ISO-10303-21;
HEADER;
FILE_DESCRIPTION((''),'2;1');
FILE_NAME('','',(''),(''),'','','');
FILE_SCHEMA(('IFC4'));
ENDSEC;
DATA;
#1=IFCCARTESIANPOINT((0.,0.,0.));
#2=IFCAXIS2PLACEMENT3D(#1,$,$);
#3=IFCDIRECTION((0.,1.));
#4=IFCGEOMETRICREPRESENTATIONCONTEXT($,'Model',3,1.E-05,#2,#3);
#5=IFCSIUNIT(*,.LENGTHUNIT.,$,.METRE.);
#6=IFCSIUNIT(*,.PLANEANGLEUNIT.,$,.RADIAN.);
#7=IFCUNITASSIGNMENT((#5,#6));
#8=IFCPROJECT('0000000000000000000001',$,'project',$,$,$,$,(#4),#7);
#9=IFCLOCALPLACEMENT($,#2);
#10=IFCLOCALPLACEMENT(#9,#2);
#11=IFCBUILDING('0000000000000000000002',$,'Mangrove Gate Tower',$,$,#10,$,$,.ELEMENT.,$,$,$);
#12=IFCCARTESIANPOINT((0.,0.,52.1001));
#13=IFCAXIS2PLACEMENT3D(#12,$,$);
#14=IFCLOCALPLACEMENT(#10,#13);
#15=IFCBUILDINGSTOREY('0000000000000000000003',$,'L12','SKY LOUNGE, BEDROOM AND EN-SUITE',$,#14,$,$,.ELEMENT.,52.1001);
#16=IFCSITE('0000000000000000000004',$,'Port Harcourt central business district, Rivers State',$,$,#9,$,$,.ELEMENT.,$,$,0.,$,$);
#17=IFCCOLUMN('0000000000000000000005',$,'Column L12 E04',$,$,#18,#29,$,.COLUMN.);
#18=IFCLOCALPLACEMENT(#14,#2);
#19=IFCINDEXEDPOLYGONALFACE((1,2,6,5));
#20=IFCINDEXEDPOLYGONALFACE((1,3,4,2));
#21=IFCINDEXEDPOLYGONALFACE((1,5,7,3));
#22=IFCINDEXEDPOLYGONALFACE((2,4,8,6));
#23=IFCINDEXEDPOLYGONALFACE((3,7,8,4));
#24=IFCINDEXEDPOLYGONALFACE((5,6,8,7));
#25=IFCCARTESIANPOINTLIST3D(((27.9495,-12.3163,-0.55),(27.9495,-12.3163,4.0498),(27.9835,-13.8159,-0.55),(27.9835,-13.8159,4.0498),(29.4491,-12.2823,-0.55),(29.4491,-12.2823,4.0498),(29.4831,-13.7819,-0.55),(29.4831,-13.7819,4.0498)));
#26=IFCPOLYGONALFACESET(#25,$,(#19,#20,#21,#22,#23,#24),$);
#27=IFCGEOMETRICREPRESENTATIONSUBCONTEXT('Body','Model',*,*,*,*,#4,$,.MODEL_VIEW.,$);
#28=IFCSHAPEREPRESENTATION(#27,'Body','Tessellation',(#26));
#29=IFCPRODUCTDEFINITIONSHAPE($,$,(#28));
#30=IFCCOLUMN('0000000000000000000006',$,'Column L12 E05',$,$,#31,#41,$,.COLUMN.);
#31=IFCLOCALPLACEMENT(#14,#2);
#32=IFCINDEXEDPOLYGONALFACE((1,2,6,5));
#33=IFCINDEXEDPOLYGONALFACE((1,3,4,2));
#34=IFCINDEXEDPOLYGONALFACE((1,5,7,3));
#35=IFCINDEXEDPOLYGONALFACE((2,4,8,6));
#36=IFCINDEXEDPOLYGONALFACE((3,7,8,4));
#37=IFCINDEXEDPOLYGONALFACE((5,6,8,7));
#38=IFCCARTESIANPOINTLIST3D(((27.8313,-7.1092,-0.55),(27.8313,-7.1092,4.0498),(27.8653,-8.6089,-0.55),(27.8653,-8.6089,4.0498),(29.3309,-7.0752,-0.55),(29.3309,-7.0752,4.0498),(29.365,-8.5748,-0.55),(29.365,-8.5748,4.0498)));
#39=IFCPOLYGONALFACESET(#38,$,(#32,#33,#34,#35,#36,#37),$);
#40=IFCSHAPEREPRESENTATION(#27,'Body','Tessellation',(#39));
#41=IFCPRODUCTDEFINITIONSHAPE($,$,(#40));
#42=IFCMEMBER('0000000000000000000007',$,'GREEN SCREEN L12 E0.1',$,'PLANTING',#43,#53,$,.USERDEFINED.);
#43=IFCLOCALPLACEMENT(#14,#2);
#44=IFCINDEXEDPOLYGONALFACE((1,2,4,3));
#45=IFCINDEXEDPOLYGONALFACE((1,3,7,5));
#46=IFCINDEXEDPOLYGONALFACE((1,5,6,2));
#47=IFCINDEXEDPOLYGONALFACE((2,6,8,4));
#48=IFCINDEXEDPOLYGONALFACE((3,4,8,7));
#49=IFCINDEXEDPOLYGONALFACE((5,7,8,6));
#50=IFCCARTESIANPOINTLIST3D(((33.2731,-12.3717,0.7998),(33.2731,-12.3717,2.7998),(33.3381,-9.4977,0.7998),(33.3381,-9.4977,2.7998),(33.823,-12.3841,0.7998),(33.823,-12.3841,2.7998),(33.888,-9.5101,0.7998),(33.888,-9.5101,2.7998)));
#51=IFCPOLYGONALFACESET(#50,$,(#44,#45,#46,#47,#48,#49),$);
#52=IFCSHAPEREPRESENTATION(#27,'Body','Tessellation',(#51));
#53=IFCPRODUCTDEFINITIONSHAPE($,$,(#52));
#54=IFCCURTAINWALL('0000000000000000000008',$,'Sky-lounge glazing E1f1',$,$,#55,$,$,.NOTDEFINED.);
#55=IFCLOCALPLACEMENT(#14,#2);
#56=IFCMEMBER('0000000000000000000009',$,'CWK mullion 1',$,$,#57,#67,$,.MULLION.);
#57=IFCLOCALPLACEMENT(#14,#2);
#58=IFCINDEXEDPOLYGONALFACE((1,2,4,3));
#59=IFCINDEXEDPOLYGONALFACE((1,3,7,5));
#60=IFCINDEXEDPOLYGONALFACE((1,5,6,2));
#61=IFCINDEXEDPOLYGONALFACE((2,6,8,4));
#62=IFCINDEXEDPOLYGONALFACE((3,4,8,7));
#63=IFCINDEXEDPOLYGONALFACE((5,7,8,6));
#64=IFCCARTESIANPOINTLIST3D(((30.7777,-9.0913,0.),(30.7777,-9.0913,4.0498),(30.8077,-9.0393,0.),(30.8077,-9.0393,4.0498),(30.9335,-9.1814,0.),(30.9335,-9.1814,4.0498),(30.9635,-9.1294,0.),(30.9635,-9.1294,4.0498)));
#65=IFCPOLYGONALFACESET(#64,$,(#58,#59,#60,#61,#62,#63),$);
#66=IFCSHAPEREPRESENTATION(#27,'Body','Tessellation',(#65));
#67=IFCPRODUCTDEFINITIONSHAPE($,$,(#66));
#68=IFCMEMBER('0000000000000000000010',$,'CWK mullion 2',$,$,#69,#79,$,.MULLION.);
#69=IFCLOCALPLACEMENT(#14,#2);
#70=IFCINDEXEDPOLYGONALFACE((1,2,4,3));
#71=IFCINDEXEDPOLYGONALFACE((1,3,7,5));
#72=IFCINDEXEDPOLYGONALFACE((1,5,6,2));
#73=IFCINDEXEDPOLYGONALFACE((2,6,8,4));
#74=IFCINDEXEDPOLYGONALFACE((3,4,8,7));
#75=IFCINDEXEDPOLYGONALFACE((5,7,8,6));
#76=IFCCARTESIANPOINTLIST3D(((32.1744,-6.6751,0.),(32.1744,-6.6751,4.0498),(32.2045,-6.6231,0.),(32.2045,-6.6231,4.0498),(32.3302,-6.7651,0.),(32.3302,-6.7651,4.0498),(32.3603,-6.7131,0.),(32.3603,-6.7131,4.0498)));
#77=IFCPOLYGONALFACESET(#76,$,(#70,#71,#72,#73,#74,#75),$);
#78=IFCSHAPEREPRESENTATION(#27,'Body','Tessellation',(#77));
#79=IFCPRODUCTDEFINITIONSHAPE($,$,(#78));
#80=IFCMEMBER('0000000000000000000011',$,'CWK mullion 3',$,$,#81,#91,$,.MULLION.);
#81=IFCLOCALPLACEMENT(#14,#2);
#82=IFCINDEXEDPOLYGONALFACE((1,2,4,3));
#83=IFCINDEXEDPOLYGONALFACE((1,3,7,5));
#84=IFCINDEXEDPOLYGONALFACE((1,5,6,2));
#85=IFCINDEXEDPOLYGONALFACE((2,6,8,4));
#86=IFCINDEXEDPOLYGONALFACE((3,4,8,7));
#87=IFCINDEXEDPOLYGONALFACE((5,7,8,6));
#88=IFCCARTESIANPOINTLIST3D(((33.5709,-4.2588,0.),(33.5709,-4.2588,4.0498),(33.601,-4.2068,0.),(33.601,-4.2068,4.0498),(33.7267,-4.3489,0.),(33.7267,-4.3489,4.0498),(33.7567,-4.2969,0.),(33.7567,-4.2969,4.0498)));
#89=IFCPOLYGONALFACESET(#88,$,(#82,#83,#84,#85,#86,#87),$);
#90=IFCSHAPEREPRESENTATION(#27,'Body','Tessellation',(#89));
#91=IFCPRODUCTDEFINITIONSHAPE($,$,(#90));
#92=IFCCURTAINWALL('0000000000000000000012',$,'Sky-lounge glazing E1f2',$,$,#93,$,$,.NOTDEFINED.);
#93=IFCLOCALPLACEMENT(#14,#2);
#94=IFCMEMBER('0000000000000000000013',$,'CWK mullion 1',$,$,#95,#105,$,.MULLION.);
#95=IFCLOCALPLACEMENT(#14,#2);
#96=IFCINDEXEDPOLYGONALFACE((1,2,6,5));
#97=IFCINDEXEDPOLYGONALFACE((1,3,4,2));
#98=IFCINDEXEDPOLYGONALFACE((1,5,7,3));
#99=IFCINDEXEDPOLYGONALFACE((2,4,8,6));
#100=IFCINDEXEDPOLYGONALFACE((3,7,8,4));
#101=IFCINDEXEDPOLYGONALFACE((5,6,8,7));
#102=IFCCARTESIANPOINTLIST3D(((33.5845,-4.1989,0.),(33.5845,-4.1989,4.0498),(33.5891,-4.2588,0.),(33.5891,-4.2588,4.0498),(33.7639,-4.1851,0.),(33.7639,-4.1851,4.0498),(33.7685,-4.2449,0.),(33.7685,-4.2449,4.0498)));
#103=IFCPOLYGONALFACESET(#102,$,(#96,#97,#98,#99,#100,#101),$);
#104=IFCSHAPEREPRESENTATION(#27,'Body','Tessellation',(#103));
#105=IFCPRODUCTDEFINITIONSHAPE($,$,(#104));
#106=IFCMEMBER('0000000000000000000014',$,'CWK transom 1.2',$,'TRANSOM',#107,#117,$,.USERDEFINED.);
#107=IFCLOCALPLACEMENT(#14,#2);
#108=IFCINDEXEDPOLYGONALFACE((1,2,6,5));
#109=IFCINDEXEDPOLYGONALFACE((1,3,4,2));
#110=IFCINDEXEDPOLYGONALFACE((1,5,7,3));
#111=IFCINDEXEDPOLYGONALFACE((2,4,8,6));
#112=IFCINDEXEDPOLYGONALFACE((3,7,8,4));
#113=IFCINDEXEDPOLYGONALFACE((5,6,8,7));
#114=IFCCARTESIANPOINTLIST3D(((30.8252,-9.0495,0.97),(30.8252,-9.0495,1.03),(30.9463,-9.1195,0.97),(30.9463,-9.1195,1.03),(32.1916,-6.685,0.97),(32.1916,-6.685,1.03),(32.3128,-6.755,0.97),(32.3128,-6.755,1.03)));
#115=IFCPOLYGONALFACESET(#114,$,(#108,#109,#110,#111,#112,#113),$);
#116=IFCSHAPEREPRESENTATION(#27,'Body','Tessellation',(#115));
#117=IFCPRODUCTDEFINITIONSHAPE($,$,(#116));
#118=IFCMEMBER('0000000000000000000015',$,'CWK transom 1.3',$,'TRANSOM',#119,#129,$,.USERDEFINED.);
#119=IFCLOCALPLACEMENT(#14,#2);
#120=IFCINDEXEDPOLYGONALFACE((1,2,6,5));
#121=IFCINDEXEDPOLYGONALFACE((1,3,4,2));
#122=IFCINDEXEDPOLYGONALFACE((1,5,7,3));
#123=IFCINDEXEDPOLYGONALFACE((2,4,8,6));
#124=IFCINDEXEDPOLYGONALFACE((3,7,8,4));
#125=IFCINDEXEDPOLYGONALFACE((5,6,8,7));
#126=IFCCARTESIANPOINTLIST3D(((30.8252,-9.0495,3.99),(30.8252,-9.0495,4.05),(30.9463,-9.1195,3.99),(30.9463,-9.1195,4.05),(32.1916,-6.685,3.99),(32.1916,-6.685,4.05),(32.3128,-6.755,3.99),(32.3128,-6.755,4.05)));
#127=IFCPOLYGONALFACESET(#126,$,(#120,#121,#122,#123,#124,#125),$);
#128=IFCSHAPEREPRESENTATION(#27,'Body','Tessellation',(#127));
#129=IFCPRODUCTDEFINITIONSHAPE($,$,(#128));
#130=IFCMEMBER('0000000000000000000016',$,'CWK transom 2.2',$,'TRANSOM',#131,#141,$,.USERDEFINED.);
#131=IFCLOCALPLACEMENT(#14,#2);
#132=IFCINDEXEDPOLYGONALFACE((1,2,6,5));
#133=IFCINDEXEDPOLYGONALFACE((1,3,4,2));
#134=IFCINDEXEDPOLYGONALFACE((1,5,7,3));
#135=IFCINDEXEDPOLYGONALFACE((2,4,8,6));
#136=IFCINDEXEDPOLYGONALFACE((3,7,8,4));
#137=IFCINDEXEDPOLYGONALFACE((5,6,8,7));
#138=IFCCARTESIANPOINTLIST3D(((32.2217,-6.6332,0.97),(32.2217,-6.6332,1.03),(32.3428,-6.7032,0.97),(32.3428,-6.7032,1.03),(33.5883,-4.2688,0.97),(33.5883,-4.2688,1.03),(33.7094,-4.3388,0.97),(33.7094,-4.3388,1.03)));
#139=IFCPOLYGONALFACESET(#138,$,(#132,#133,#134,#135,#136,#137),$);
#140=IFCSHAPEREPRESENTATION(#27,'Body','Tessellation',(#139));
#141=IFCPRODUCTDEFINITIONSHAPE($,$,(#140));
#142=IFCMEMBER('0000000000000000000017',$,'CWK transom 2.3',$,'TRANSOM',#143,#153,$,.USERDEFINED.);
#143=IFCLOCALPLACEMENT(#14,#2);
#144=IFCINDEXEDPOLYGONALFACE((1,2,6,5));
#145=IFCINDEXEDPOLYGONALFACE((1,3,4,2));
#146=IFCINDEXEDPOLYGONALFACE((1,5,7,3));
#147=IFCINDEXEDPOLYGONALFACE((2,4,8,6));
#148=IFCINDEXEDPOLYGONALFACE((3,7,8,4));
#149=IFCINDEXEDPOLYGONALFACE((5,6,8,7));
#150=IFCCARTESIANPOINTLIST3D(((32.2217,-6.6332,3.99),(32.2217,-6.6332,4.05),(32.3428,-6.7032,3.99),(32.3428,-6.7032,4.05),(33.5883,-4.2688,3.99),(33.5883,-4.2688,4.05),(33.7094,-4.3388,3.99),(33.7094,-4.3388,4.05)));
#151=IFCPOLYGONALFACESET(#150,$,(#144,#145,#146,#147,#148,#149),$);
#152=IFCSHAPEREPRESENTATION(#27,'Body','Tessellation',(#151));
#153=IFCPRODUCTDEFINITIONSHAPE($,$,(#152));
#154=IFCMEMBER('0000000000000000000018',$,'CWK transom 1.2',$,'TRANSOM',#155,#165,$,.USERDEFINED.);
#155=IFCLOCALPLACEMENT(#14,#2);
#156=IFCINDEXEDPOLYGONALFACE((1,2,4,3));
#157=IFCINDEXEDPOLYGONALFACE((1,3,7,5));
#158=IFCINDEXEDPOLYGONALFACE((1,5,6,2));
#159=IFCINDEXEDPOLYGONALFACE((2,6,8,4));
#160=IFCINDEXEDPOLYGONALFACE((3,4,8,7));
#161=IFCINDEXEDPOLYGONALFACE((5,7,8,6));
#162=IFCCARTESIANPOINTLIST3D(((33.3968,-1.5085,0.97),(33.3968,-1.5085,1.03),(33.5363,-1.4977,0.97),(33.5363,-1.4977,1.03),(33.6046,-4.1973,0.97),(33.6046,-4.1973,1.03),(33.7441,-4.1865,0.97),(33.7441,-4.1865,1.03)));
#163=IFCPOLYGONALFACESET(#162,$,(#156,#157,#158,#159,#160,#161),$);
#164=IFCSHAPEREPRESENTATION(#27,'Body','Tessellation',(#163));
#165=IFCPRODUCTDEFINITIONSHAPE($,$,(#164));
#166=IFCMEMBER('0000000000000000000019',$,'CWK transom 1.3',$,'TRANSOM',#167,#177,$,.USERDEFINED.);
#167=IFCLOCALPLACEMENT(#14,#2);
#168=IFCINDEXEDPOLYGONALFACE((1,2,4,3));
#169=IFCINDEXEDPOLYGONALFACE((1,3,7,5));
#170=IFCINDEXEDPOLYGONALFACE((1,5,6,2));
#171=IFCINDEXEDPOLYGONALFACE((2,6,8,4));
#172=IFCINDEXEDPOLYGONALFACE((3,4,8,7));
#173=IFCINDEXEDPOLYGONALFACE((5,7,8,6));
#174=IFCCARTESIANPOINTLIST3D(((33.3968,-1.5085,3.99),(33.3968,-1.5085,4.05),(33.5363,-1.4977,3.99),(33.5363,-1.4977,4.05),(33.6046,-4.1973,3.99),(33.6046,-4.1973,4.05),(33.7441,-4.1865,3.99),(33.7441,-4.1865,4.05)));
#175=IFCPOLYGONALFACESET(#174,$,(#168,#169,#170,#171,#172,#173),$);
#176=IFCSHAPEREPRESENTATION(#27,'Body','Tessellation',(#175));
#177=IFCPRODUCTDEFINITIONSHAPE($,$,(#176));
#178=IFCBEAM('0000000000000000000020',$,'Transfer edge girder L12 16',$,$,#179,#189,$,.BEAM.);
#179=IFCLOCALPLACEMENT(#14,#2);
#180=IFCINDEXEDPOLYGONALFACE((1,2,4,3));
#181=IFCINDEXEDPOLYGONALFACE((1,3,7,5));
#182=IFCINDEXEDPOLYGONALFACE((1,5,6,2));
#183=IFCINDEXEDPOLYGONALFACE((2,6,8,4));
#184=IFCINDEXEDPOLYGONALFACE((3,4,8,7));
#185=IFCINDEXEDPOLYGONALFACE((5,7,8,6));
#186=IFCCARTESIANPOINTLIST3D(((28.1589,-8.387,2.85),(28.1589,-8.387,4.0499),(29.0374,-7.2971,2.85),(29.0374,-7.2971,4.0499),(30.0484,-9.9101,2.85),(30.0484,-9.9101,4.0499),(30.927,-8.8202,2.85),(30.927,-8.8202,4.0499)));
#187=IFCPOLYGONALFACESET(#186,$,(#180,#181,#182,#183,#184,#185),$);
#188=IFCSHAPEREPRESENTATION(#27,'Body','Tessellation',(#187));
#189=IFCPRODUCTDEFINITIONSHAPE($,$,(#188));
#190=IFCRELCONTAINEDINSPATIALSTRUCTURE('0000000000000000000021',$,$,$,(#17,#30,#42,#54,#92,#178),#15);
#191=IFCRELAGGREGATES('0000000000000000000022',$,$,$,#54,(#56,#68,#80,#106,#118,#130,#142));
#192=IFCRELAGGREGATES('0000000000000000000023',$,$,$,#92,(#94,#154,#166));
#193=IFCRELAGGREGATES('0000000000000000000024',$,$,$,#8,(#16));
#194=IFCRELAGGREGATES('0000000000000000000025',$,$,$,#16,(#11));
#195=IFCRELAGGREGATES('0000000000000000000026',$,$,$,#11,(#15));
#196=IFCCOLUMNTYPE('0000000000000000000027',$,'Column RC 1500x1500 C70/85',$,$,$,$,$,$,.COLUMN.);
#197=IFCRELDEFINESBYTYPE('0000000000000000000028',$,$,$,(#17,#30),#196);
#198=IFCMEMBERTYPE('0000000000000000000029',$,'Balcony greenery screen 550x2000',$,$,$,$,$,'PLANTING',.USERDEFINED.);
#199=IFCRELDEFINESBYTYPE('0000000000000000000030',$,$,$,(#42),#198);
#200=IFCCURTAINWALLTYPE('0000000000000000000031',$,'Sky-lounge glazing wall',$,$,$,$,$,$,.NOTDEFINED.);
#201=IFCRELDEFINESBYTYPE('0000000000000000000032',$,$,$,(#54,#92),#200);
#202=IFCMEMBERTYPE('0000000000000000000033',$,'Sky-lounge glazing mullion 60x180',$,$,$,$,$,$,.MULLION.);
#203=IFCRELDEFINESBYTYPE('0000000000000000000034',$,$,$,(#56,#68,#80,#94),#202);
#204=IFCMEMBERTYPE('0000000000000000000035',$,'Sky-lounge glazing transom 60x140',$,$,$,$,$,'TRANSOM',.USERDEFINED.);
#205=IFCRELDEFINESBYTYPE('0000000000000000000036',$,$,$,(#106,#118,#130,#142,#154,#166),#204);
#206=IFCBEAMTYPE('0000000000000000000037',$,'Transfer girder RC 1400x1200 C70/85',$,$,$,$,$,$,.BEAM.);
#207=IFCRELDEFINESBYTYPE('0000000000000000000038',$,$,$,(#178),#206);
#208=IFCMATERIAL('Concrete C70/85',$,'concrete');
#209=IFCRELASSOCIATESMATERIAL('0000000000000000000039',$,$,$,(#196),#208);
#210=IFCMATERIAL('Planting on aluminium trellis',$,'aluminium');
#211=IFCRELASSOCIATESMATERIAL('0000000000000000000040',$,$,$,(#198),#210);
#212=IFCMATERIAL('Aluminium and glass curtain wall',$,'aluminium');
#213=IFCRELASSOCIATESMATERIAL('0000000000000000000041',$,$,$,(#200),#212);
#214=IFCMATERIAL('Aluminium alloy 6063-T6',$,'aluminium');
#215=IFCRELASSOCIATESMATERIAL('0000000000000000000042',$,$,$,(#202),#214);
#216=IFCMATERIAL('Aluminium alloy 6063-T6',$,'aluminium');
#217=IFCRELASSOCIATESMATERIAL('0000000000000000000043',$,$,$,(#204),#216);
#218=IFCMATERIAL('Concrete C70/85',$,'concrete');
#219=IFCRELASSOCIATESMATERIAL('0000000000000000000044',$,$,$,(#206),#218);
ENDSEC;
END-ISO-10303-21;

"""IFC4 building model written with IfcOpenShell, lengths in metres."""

from ifc_helpers import new_model, si_unit, direction, frame, origin, origin_2d, place, context, subcontext, project, spatial, rectangle, extrude, material, material_profile, profile_set, type_object, element, aggregate, save


model = new_model("IFC4")

# Units and contexts
model_context = context("Model", 3, precision=1e-05, world=origin(), true_north=direction((0.0, 1.0)))
body_context = subcontext(model_context, "Body", "Model", "MODEL_VIEW")
ifc_project = project(units=[si_unit("LENGTHUNIT", "METRE"), si_unit("PLANEANGLEUNIT", "RADIAN")], contexts=[model_context])

# Site, building, storey
site_placement = place(None, origin())
site = spatial("IfcSite", under=ifc_project, at=site_placement, Name="Port Harcourt central business district, Rivers State", CompositionType="ELEMENT", RefElevation=0.0)
building_placement = place(site_placement, origin())
building = spatial("IfcBuilding", under=site, at=building_placement, Name="Mangrove Gate Tower", CompositionType="ELEMENT")
storey_placement = place(building_placement, frame((0.0, 0.0, 52.1001)))
storey = spatial("IfcBuildingStorey", under=building, at=storey_placement, Name="L12", Description="SKY LOUNGE, BEDROOM AND EN-SUITE", CompositionType="ELEMENT", Elevation=52.1001)

# Columns
ifc_material_1 = material(Name="Concrete C70/85", Category="concrete")
ifc_material_profile_1 = material_profile(ifc_material_1, rectangle(XDim=1.5, YDim=1.5, at=origin_2d()))
ifc_profile_set_1 = profile_set([ifc_material_profile_1], Name="Concrete C70/85")
column_type = type_object("IfcColumnType", Name="Column RC 1500x1500 C70/85", PredefinedType="COLUMN", material=ifc_profile_set_1)
for number, where, z_axis, x_axis, name in (
    (1, (28.7163, -13.0491, -0.55), (0.0, 0.0, 1.0), (-0.022656, 0.999743, 0.0), "Column L12 E04"),
    (2, (28.5981, -7.842, -0.55), (0.0, 0.0, 1.0), (-0.022681, 0.999743, 0.0), "Column L12 E05"),
):
    element("IfcColumn", number, at=place(storey_placement, frame(where, z_axis=z_axis, x_axis=x_axis)), inside=storey, type_object=column_type, Name=name, PredefinedType="COLUMN", context=body_context, shape_type="SweptSolid", body=[
        extrude(rectangle(XDim=1.5, YDim=1.5, at=origin_2d()), origin(), (0.0, 0.0, 1.0), 4.5999),
    ])

# Member
ifc_material_2 = material(Name="Planting on aluminium trellis", Category="aluminium")
ifc_material_profile_2 = material_profile(ifc_material_2, rectangle(XDim=0.55, YDim=2.0, at=origin_2d()))
ifc_profile_set_2 = profile_set([ifc_material_profile_2], Name="Planting on aluminium trellis")
member_type_1 = type_object("IfcMemberType", Name="Balcony greenery screen 550x2000", ElementType="PLANTING", PredefinedType="USERDEFINED", material=ifc_profile_set_2)
member_1_placement = place(storey_placement, frame((33.5481, -12.3779, 1.7998), z_axis=(0.02259, 0.999745, 0.0), x_axis=(-0.999745, 0.02259, 0.0)))
element("IfcMember", 3, at=member_1_placement, inside=storey, type_object=member_type_1, Name="GREEN SCREEN L12 E0.1", ObjectType="PLANTING", PredefinedType="USERDEFINED", context=body_context, shape_type="SweptSolid", body=[
    extrude(rectangle(XDim=0.55, YDim=2.0, at=origin_2d()), origin(), (0.0, 0.0, 1.0), 2.8748),
])

# Curtain wall, members
ifc_material_3 = material(Name="Aluminium and glass curtain wall", Category="aluminium")
curtain_wall_type = type_object("IfcCurtainWallType", Name="Sky-lounge glazing wall", PredefinedType="NOTDEFINED", material=ifc_material_3)
curtain_wall_1_placement = place(storey_placement, origin())
curtain_wall_1 = element("IfcCurtainWall", 4, at=curtain_wall_1_placement, inside=storey, type_object=curtain_wall_type, Name="Sky-lounge glazing E1f1", PredefinedType="NOTDEFINED")
ifc_material_4 = material(Name="Aluminium alloy 6063-T6", Category="aluminium")
ifc_material_profile_3 = material_profile(ifc_material_4, rectangle(XDim=0.0601, YDim=0.1799, at=origin_2d()))
ifc_profile_set_3 = profile_set([ifc_material_profile_3], Name="Aluminium alloy 6063-T6")
member_type_2 = type_object("IfcMemberType", Name="Sky-lounge glazing mullion 60x180", PredefinedType="MULLION", material=ifc_profile_set_3)
member_2_placement = place(storey_placement, frame((30.8706, -9.1104, 0.0), z_axis=(0.0, 0.0, 1.0), x_axis=(0.500418, 0.865784, 0.0)))
member_2 = element("IfcMember", 5, at=member_2_placement, type_object=member_type_2, Name="CWK mullion 1", PredefinedType="MULLION", context=body_context, shape_type="SweptSolid", body=[
    extrude(rectangle(XDim=0.0601, YDim=0.1799, at=origin_2d()), origin(), (0.0, 0.0, 1.0), 4.0498),
])
member_3_placement = place(storey_placement, frame((32.2673, -6.6941, 0.0), z_axis=(0.0, 0.0, 1.0), x_axis=(0.500418, 0.865784, 0.0)))
member_3 = element("IfcMember", 6, at=member_3_placement, type_object=member_type_2, Name="CWK mullion 2", PredefinedType="MULLION", context=body_context, shape_type="SweptSolid", body=[
    extrude(rectangle(XDim=0.0601, YDim=0.1799, at=origin_2d()), origin(), (0.0, 0.0, 1.0), 4.0498),
])
member_4_placement = place(storey_placement, frame((33.6638, -4.2778, 0.0), z_axis=(0.0, 0.0, 1.0), x_axis=(0.500418, 0.865784, 0.0)))
member_4 = element("IfcMember", 7, at=member_4_placement, type_object=member_type_2, Name="CWK mullion 3", PredefinedType="MULLION", context=body_context, shape_type="SweptSolid", body=[
    extrude(rectangle(XDim=0.0601, YDim=0.1799, at=origin_2d()), origin(), (0.0, 0.0, 1.0), 4.0498),
])

# Curtain wall, member
curtain_wall_2_placement = place(storey_placement, origin())
curtain_wall_2 = element("IfcCurtainWall", 8, at=curtain_wall_2_placement, inside=storey, type_object=curtain_wall_type, Name="Sky-lounge glazing E1f2", PredefinedType="NOTDEFINED")
member_5_placement = place(storey_placement, frame((33.6765, -4.2219, 0.0), z_axis=(0.0, 0.0, 1.0), x_axis=(-0.077023, 0.997029, 0.0)))
member_5 = element("IfcMember", 9, at=member_5_placement, type_object=member_type_2, Name="CWK mullion 1", PredefinedType="MULLION", context=body_context, shape_type="SweptSolid", body=[
    extrude(rectangle(XDim=0.0601, YDim=0.1799, at=origin_2d()), origin(), (0.0, 0.0, 1.0), 4.0498),
])

# Members
ifc_material_5 = material(Name="Aluminium alloy 6063-T6", Category="aluminium")
ifc_material_profile_4 = material_profile(ifc_material_5, rectangle(XDim=0.0601, YDim=0.1399, at=origin_2d()))
ifc_profile_set_4 = profile_set([ifc_material_profile_4], Name="Aluminium alloy 6063-T6")
member_type_3 = type_object("IfcMemberType", Name="Sky-lounge glazing transom 60x140", ElementType="TRANSOM", PredefinedType="USERDEFINED", material=ifc_profile_set_4)
member_6_placement = place(storey_placement, frame((30.8857, -9.0845, 1.0), z_axis=(0.50036, 0.865818, 0.0), x_axis=(0.0, 0.0, 1.0)))
member_6 = element("IfcMember", 10, at=member_6_placement, type_object=member_type_3, Name="CWK transom 1.2", ObjectType="TRANSOM", PredefinedType="USERDEFINED", context=body_context, shape_type="SweptSolid", body=[
    extrude(rectangle(XDim=0.0601, YDim=0.1399, at=origin_2d()), origin(), (0.0, 0.0, 1.0), 2.731),
])
member_7_placement = place(storey_placement, frame((30.8857, -9.0845, 4.02), z_axis=(0.50036, 0.865818, 0.0), x_axis=(0.0, 0.0, 1.0)))
member_7 = element("IfcMember", 11, at=member_7_placement, type_object=member_type_3, Name="CWK transom 1.3", ObjectType="TRANSOM", PredefinedType="USERDEFINED", context=body_context, shape_type="SweptSolid", body=[
    extrude(rectangle(XDim=0.0601, YDim=0.1399, at=origin_2d()), origin(), (0.0, 0.0, 1.0), 2.731),
])
member_8_placement = place(storey_placement, frame((32.2822, -6.6682, 1.0), z_axis=(0.500427, 0.865779, 0.0), x_axis=(0.0, 0.0, 1.0)))
member_8 = element("IfcMember", 12, at=member_8_placement, type_object=member_type_3, Name="CWK transom 2.2", ObjectType="TRANSOM", PredefinedType="USERDEFINED", context=body_context, shape_type="SweptSolid", body=[
    extrude(rectangle(XDim=0.0601, YDim=0.1399, at=origin_2d()), origin(), (0.0, 0.0, 1.0), 2.731),
])
member_9_placement = place(storey_placement, frame((32.2822, -6.6682, 4.02), z_axis=(0.500427, 0.865779, 0.0), x_axis=(0.0, 0.0, 1.0)))
member_9 = element("IfcMember", 13, at=member_9_placement, type_object=member_type_3, Name="CWK transom 2.3", ObjectType="TRANSOM", PredefinedType="USERDEFINED", context=body_context, shape_type="SweptSolid", body=[
    extrude(rectangle(XDim=0.0601, YDim=0.1399, at=origin_2d()), origin(), (0.0, 0.0, 1.0), 2.731),
])
member_10_placement = place(storey_placement, frame((33.6743, -4.1919, 1.0), z_axis=(-0.077043, 0.997028, 0.0), x_axis=(0.0, 0.0, 1.0)))
member_10 = element("IfcMember", 14, at=member_10_placement, type_object=member_type_3, Name="CWK transom 1.2", ObjectType="TRANSOM", PredefinedType="USERDEFINED", context=body_context, shape_type="SweptSolid", body=[
    extrude(rectangle(XDim=0.0601, YDim=0.1399, at=origin_2d()), origin(), (0.0, 0.0, 1.0), 2.6968),
])
member_11_placement = place(storey_placement, frame((33.6743, -4.1919, 4.02), z_axis=(-0.077043, 0.997028, 0.0), x_axis=(0.0, 0.0, 1.0)))
member_11 = element("IfcMember", 15, at=member_11_placement, type_object=member_type_3, Name="CWK transom 1.3", ObjectType="TRANSOM", PredefinedType="USERDEFINED", context=body_context, shape_type="SweptSolid", body=[
    extrude(rectangle(XDim=0.0601, YDim=0.1399, at=origin_2d()), origin(), (0.0, 0.0, 1.0), 2.6968),
])

# Beam
ifc_material_6 = material(Name="Concrete C70/85", Category="concrete")
ifc_material_profile_5 = material_profile(ifc_material_6, rectangle(XDim=1.3999, YDim=1.2, at=origin_2d()))
ifc_profile_set_5 = profile_set([ifc_material_profile_5], Name="Concrete C70/85")
beam_type_1 = type_object("IfcBeamType", Name="Transfer girder RC 1400x1200 C70/85", PredefinedType="BEAM", material=ifc_profile_set_5)
beam_1_placement = place(storey_placement, frame((28.5981, -7.842, 3.45), z_axis=(0.778557, -0.627574, 0.0), x_axis=(0.627574, 0.778557, 0.0)))
element("IfcBeam", 16, at=beam_1_placement, inside=storey, type_object=beam_type_1, Name="Transfer edge girder L12 16", PredefinedType="BEAM", context=body_context, shape_type="SweptSolid", body=[
    extrude(rectangle(XDim=1.3999, YDim=1.2, at=origin_2d()), origin(), (0.0, 0.0, 1.0), 2.427),
])

aggregate(curtain_wall_1, [member_2, member_3, member_4, member_6, member_7, member_8, member_9])
aggregate(curtain_wall_2, [member_5, member_10, member_11])

save(model, "model.ifc")
